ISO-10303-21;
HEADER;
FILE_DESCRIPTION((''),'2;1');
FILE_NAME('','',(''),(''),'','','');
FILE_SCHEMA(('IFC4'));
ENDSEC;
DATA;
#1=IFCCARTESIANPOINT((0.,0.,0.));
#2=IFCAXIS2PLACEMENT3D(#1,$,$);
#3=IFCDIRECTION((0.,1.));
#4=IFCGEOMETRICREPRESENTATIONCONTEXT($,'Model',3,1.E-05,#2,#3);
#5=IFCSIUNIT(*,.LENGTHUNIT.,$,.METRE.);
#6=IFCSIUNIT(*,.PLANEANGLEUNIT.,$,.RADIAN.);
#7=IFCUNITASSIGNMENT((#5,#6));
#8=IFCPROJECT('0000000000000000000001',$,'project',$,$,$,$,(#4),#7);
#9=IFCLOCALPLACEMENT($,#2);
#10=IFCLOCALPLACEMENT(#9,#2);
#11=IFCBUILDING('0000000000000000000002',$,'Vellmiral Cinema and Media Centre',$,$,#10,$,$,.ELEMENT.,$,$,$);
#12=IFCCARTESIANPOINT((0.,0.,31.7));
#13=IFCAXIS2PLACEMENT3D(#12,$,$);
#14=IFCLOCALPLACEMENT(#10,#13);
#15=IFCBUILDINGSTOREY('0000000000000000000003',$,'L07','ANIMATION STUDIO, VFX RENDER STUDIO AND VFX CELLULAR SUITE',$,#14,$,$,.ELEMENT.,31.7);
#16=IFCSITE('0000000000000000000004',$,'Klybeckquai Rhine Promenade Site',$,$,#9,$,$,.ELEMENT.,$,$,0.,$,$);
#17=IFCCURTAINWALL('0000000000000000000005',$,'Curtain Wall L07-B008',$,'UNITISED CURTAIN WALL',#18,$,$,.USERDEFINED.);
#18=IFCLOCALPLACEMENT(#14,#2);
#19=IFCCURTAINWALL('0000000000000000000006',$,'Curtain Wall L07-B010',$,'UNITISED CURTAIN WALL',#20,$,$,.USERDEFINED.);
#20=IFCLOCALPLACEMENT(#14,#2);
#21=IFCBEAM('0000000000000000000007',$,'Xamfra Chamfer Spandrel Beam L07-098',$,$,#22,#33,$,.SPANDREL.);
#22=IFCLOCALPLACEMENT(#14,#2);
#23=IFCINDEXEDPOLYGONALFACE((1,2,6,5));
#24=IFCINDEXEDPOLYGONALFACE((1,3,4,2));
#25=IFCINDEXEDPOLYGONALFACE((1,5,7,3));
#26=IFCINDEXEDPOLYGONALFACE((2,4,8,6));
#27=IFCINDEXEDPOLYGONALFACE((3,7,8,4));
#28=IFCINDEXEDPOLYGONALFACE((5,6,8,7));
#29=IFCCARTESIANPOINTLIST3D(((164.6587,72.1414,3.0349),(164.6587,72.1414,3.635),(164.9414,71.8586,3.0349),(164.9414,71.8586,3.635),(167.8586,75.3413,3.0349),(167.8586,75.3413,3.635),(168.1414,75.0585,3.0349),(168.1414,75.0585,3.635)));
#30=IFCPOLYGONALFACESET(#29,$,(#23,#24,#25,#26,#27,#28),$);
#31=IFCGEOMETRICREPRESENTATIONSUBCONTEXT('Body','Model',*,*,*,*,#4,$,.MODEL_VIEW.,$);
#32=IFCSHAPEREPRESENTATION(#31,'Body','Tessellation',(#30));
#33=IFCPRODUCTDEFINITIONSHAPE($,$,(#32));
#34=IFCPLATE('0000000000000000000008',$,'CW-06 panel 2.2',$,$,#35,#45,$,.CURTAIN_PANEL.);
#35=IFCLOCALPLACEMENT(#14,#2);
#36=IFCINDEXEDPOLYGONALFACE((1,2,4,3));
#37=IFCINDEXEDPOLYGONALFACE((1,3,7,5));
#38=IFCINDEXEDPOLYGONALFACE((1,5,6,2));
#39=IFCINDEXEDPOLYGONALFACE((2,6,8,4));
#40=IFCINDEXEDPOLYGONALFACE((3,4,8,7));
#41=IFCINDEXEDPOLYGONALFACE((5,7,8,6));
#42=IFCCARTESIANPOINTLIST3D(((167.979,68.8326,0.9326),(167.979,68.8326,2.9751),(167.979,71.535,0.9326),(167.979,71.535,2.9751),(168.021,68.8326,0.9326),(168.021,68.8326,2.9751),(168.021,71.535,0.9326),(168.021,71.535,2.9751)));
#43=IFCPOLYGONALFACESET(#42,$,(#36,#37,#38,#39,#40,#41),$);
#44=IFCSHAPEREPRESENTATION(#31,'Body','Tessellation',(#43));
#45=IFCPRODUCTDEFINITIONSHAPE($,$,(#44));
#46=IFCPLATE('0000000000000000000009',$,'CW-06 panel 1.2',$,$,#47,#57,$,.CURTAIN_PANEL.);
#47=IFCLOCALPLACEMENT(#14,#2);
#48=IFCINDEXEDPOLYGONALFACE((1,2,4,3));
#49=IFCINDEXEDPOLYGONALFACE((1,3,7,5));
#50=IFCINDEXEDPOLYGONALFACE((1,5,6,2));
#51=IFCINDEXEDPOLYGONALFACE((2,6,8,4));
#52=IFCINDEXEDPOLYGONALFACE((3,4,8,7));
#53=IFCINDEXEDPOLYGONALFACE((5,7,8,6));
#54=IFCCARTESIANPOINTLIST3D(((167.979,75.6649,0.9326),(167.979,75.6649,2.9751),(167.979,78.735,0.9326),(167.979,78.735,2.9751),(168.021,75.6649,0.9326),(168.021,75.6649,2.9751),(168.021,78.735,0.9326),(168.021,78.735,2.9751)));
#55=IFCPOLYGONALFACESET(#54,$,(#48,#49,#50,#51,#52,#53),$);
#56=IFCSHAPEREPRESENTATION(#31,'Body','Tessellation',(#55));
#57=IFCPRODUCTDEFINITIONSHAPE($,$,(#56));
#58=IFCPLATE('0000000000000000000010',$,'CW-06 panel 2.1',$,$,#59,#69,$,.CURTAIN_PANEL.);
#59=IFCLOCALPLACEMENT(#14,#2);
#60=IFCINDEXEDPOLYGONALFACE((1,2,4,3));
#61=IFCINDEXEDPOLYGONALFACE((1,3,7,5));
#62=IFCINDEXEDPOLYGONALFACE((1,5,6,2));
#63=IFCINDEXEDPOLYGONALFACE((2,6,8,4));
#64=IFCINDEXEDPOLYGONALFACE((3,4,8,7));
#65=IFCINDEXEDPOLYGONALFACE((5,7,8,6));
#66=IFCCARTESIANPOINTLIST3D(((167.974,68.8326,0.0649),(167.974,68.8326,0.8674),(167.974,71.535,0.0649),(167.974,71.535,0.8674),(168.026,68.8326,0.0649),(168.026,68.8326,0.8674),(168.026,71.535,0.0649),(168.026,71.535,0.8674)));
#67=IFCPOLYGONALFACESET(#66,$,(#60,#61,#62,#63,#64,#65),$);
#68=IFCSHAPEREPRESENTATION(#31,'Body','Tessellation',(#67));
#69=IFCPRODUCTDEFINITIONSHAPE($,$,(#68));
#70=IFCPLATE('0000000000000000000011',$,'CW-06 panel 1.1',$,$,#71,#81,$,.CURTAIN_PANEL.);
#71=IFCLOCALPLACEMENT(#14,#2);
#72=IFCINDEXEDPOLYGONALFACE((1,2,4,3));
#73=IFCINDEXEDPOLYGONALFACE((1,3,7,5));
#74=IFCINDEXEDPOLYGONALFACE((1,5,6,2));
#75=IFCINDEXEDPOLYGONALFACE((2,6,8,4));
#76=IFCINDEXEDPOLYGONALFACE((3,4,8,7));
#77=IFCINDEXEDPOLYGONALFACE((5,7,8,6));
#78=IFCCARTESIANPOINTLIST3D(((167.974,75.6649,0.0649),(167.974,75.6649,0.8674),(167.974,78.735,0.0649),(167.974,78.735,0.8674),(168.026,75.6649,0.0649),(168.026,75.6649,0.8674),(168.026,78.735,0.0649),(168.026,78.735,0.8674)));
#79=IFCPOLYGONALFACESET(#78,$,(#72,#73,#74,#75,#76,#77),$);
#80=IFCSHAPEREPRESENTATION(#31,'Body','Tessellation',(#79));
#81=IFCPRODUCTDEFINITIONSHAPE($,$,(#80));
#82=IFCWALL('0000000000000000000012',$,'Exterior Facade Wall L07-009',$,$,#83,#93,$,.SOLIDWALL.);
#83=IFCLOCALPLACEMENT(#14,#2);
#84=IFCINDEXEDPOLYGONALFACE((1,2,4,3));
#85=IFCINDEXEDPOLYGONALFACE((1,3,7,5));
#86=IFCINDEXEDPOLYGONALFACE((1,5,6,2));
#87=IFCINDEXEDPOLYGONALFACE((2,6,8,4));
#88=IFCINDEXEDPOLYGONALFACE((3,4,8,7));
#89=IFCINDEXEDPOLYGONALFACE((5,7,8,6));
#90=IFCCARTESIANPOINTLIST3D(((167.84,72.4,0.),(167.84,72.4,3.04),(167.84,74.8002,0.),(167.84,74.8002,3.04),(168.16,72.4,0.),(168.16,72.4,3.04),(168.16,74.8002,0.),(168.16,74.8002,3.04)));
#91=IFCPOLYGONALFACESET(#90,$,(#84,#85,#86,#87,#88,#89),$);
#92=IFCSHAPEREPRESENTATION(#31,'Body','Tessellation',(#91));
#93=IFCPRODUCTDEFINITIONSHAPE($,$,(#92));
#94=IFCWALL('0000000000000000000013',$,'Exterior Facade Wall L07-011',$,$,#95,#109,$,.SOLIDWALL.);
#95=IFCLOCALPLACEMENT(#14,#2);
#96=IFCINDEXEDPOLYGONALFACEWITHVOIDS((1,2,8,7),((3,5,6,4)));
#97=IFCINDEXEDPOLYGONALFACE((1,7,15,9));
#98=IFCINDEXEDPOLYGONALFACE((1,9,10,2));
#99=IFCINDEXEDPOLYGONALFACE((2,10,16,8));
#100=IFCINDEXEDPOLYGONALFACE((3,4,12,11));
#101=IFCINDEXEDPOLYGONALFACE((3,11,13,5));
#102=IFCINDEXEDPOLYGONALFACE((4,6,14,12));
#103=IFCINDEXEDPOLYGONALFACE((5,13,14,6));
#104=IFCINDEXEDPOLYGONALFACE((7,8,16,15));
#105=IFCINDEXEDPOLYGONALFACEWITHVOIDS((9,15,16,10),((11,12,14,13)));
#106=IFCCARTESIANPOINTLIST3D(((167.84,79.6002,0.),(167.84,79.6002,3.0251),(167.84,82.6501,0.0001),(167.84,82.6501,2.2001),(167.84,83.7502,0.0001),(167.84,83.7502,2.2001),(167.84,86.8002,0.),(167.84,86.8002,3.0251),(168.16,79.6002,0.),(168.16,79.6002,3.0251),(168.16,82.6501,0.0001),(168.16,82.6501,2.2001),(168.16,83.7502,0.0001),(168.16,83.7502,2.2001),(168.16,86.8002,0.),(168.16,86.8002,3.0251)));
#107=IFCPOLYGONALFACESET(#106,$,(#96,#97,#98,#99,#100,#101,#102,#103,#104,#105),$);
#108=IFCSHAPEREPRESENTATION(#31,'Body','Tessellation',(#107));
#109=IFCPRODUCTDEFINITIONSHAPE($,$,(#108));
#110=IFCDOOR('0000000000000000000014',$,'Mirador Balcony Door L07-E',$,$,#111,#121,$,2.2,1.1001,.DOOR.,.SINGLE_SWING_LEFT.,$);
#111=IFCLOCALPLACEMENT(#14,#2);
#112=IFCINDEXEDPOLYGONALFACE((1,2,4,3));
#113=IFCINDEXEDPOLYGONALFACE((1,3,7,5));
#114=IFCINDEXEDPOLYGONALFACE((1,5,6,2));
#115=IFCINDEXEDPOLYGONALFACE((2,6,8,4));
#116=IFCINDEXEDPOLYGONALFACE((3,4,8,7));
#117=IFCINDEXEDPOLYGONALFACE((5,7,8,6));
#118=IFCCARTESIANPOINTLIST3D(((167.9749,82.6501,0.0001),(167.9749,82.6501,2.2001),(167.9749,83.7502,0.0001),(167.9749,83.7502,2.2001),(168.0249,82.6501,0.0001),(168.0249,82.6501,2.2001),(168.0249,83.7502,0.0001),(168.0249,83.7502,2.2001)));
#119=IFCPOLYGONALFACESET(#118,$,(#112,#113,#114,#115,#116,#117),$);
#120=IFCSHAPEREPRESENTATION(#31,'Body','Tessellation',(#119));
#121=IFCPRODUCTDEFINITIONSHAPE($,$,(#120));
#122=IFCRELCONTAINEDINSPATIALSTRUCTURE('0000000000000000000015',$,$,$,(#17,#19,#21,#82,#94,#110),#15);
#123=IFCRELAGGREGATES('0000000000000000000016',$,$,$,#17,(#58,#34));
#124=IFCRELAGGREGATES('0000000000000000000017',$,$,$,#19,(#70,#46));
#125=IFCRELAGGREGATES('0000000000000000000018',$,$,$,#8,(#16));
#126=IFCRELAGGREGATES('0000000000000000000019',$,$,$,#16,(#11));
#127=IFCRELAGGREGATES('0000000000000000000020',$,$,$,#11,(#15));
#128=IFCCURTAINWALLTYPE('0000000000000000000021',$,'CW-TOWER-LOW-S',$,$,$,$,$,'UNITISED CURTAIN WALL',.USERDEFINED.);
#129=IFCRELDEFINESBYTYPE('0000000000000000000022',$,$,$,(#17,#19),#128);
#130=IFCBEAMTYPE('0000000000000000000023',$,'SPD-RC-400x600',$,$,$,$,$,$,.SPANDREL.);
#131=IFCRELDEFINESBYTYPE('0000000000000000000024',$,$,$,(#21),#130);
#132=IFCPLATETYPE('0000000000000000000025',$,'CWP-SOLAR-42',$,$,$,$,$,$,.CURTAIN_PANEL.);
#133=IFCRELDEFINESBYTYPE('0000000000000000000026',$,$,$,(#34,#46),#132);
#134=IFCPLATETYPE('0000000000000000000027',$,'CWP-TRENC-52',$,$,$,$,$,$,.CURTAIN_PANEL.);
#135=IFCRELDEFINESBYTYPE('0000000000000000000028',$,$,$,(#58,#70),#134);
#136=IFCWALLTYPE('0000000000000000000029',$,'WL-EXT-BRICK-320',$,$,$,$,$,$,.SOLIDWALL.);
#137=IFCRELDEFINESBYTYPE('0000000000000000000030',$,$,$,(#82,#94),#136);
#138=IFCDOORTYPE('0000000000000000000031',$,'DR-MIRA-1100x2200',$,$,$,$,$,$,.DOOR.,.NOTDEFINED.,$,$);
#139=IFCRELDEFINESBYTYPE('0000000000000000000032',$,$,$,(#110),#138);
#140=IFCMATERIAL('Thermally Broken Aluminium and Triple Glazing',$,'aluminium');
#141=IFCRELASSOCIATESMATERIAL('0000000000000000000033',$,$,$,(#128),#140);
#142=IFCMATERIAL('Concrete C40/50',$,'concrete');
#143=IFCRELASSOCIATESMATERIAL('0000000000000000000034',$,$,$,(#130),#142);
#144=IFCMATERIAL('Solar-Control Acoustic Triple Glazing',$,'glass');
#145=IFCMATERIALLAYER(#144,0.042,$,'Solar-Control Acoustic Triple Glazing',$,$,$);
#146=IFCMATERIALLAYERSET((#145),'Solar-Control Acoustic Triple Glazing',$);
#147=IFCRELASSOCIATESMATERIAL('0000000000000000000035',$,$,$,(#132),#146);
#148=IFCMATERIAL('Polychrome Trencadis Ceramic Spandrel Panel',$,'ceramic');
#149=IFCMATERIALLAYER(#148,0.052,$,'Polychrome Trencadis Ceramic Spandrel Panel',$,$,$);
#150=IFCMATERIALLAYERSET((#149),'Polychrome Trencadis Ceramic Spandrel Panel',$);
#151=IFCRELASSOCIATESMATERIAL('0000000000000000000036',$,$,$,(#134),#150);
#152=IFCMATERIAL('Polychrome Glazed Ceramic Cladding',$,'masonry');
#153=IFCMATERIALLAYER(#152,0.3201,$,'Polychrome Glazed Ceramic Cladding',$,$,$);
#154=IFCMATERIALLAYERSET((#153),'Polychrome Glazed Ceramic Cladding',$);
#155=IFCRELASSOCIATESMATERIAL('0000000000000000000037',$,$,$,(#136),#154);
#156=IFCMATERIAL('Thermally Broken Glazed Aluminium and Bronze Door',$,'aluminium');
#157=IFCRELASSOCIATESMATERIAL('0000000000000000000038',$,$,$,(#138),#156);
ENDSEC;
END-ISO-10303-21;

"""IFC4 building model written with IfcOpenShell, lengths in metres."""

from ifc_helpers import new_model, si_unit, direction, frame, frame_2d, origin, origin_2d, place, context, subcontext, project, spatial, rectangle, extrude, material, layer, layer_set, material_profile, profile_set, type_object, element, fill, aggregate, save


model = new_model("IFC4")

# Units and contexts
model_context = context("Model", 3, precision=1e-05, world=origin(), true_north=direction((0.0, 1.0)))
body_context = subcontext(model_context, "Body", "Model", "MODEL_VIEW")
ifc_project = project(units=[si_unit("LENGTHUNIT", "METRE"), si_unit("PLANEANGLEUNIT", "RADIAN")], contexts=[model_context])

# Site, building, storey
site_placement = place(None, origin())
site = spatial("IfcSite", under=ifc_project, at=site_placement, Name="Klybeckquai Rhine Promenade Site", CompositionType="ELEMENT", RefElevation=0.0)
building_placement = place(site_placement, origin())
building = spatial("IfcBuilding", under=site, at=building_placement, Name="Vellmiral Cinema and Media Centre", CompositionType="ELEMENT")
storey_placement = place(building_placement, frame((0.0, 0.0, 31.7)))
storey = spatial("IfcBuildingStorey", under=building, at=storey_placement, Name="L07", Description="ANIMATION STUDIO, VFX RENDER STUDIO AND VFX CELLULAR SUITE", CompositionType="ELEMENT", Elevation=31.7)

# Curtain wall
ifc_material_1 = material(Name="Thermally Broken Aluminium and Triple Glazing", Category="aluminium")
curtain_wall_type = type_object("IfcCurtainWallType", Name="CW-TOWER-LOW-S", ElementType="UNITISED CURTAIN WALL", PredefinedType="USERDEFINED", material=ifc_material_1)
curtain_wall_1_placement = place(storey_placement, origin())
curtain_wall_1 = element("IfcCurtainWall", 1, at=curtain_wall_1_placement, inside=storey, type_object=curtain_wall_type, Name="Curtain Wall L07-B008", ObjectType="UNITISED CURTAIN WALL", PredefinedType="USERDEFINED")

# Curtain wall
curtain_wall_2_placement = place(storey_placement, origin())
curtain_wall_2 = element("IfcCurtainWall", 2, at=curtain_wall_2_placement, inside=storey, type_object=curtain_wall_type, Name="Curtain Wall L07-B010", ObjectType="UNITISED CURTAIN WALL", PredefinedType="USERDEFINED")

# Beam
ifc_material_2 = material(Name="Concrete C40/50", Category="concrete")
ifc_material_profile_1 = material_profile(ifc_material_2, rectangle(XDim=0.3999, YDim=0.6001, at=origin_2d()), Name="RC 400x600")
ifc_profile_set_1 = profile_set([ifc_material_profile_1], Name="Concrete C40/50")
beam_type_1 = type_object("IfcBeamType", Name="SPD-RC-400x600", PredefinedType="SPANDREL", material=ifc_profile_set_1)
beam_1_placement = place(storey_placement, frame((164.8, 72.0, 3.335), z_axis=(0.707107, 0.707107, 0.0), x_axis=(-0.707107, 0.707107, 0.0)))
element("IfcBeam", 3, at=beam_1_placement, inside=storey, type_object=beam_type_1, Name="Xamfra Chamfer Spandrel Beam L07-098", PredefinedType="SPANDREL", context=body_context, shape_type="SweptSolid", body=[
    extrude(rectangle(XDim=0.3999, YDim=0.6001, at=origin_2d()), origin(), (0.0, 0.0, 1.0), 4.5254),
])

# Plates
ifc_material_3 = material(Name="Solar-Control Acoustic Triple Glazing", Category="glass")
ifc_layer_1 = layer(ifc_material_3, 0.042, Name="Solar-Control Acoustic Triple Glazing")
ifc_layer_set_1 = layer_set([ifc_layer_1], Name="Solar-Control Acoustic Triple Glazing")
plate_type_1 = type_object("IfcPlateType", Name="CWP-SOLAR-42", PredefinedType="CURTAIN_PANEL", material=ifc_layer_set_1)
plate_1_placement = place(storey_placement, frame((168.0, 70.1838, 0.9326), z_axis=(0.0, 0.0, 1.0), x_axis=(0.0, 1.0, 0.0)))
plate_1 = element("IfcPlate", 4, at=plate_1_placement, type_object=plate_type_1, Name="CW-06 panel 2.2", PredefinedType="CURTAIN_PANEL", context=body_context, shape_type="SweptSolid", body=[
    extrude(rectangle(XDim=2.7024, YDim=0.042, at=origin_2d()), origin(), (0.0, 0.0, 1.0), 2.0425),
])
plate_2_placement = place(storey_placement, frame((168.0, 77.2, 0.9326), z_axis=(0.0, 0.0, 1.0), x_axis=(0.0, 1.0, 0.0)))
plate_2 = element("IfcPlate", 5, at=plate_2_placement, type_object=plate_type_1, Name="CW-06 panel 1.2", PredefinedType="CURTAIN_PANEL", context=body_context, shape_type="SweptSolid", body=[
    extrude(rectangle(XDim=3.0701, YDim=0.042, at=origin_2d()), origin(), (0.0, 0.0, 1.0), 2.0425),
])
ifc_material_4 = material(Name="Polychrome Trencadis Ceramic Spandrel Panel", Category="ceramic")
ifc_layer_2 = layer(ifc_material_4, 0.052, Name="Polychrome Trencadis Ceramic Spandrel Panel")
ifc_layer_set_2 = layer_set([ifc_layer_2], Name="Polychrome Trencadis Ceramic Spandrel Panel")
plate_type_2 = type_object("IfcPlateType", Name="CWP-TRENC-52", PredefinedType="CURTAIN_PANEL", material=ifc_layer_set_2)
plate_3_placement = place(storey_placement, frame((168.0, 70.1838, 0.0649), z_axis=(0.0, 0.0, 1.0), x_axis=(0.0, 1.0, 0.0)))
plate_3 = element("IfcPlate", 6, at=plate_3_placement, type_object=plate_type_2, Name="CW-06 panel 2.1", PredefinedType="CURTAIN_PANEL", context=body_context, shape_type="SweptSolid", body=[
    extrude(rectangle(XDim=2.7024, YDim=0.052, at=origin_2d()), origin(), (0.0, 0.0, 1.0), 0.8025),
])
aggregate(curtain_wall_1, [plate_3, plate_1])
plate_4_placement = place(storey_placement, frame((168.0, 77.2, 0.0649), z_axis=(0.0, 0.0, 1.0), x_axis=(0.0, 1.0, 0.0)))
plate_4 = element("IfcPlate", 7, at=plate_4_placement, type_object=plate_type_2, Name="CW-06 panel 1.1", PredefinedType="CURTAIN_PANEL", context=body_context, shape_type="SweptSolid", body=[
    extrude(rectangle(XDim=3.0701, YDim=0.052, at=origin_2d()), origin(), (0.0, 0.0, 1.0), 0.8025),
])
aggregate(curtain_wall_2, [plate_4, plate_2])

# Wall
ifc_material_5 = material(Name="Polychrome Glazed Ceramic Cladding", Category="masonry")
ifc_layer_3 = layer(ifc_material_5, 0.3201, Name="Polychrome Glazed Ceramic Cladding")
ifc_layer_set_3 = layer_set([ifc_layer_3], Name="Polychrome Glazed Ceramic Cladding")
wall_type = type_object("IfcWallType", Name="WL-EXT-BRICK-320", PredefinedType="SOLIDWALL", material=ifc_layer_set_3)
wall_1_placement = place(storey_placement, frame((168.0, 72.3999, 0.0), z_axis=(0.0, 0.0, 1.0), x_axis=(0.0, 1.0, 0.0)))
element("IfcWall", 8, at=wall_1_placement, inside=storey, type_object=wall_type, Name="Exterior Facade Wall L07-009", PredefinedType="SOLIDWALL", context=body_context, shape_type="SweptSolid", body=[
    extrude(rectangle(XDim=2.4001, YDim=0.3201, at=frame_2d((1.2002, 0.0))), origin(), (0.0, 0.0, 1.0), 3.04),
])

# Wall, opening, door
wall_2_placement = place(storey_placement, frame((168.0, 79.6001, 0.0), z_axis=(0.0, 0.0, 1.0), x_axis=(0.0, 1.0, 0.0)))
wall_2 = element("IfcWall", 9, at=wall_2_placement, inside=storey, type_object=wall_type, Name="Exterior Facade Wall L07-011", PredefinedType="SOLIDWALL", context=body_context, shape_type="SweptSolid", body=[
    extrude(rectangle(XDim=7.2, YDim=0.3201, at=frame_2d((3.6001, 0.0))), origin(), (0.0, 0.0, 1.0), 3.0251),
])
opening_placement = place(wall_2_placement, frame((3.05, 0.0, 0.0)))
opening = element("IfcOpeningElement", 10, at=opening_placement, cuts=wall_2, PredefinedType="OPENING", context=body_context, shape_type="SweptSolid", body=[
    extrude(rectangle(XDim=1.1001, YDim=2.2, at=frame_2d((0.55, 1.1001))), frame((0.0, 0.1719, 0.0), z_axis=(0.0, -1.0, 0.0), x_axis=(1.0, 0.0, 0.0)), (0.0, 0.0, 1.0), 0.344),
])
ifc_material_6 = material(Name="Thermally Broken Glazed Aluminium and Bronze Door", Category="aluminium")
door_type = type_object("IfcDoorType", Name="DR-MIRA-1100x2200", OperationType="NOTDEFINED", PredefinedType="DOOR", material=ifc_material_6)
door_placement = place(opening_placement, frame((1.1001, 0.0, 0.0), z_axis=(0.0, 0.0, 1.0), x_axis=(-1.0, 0.0, 0.0)))
door = element("IfcDoor", 11, at=door_placement, inside=storey, type_object=door_type, Name="Mirador Balcony Door L07-E", OperationType="SINGLE_SWING_LEFT", OverallHeight=2.2, OverallWidth=1.1001, PredefinedType="DOOR", context=body_context, shape_type="SweptSolid", body=[
    extrude(rectangle(XDim=1.1001, YDim=2.2, at=frame_2d((0.55, 1.1001))), frame((0.0, 0.0249, 0.0), z_axis=(0.0, -1.0, 0.0), x_axis=(1.0, 0.0, 0.0)), (0.0, 0.0, 1.0), 0.05),
])
fill(opening, door)

save(model, "model.ifc")
